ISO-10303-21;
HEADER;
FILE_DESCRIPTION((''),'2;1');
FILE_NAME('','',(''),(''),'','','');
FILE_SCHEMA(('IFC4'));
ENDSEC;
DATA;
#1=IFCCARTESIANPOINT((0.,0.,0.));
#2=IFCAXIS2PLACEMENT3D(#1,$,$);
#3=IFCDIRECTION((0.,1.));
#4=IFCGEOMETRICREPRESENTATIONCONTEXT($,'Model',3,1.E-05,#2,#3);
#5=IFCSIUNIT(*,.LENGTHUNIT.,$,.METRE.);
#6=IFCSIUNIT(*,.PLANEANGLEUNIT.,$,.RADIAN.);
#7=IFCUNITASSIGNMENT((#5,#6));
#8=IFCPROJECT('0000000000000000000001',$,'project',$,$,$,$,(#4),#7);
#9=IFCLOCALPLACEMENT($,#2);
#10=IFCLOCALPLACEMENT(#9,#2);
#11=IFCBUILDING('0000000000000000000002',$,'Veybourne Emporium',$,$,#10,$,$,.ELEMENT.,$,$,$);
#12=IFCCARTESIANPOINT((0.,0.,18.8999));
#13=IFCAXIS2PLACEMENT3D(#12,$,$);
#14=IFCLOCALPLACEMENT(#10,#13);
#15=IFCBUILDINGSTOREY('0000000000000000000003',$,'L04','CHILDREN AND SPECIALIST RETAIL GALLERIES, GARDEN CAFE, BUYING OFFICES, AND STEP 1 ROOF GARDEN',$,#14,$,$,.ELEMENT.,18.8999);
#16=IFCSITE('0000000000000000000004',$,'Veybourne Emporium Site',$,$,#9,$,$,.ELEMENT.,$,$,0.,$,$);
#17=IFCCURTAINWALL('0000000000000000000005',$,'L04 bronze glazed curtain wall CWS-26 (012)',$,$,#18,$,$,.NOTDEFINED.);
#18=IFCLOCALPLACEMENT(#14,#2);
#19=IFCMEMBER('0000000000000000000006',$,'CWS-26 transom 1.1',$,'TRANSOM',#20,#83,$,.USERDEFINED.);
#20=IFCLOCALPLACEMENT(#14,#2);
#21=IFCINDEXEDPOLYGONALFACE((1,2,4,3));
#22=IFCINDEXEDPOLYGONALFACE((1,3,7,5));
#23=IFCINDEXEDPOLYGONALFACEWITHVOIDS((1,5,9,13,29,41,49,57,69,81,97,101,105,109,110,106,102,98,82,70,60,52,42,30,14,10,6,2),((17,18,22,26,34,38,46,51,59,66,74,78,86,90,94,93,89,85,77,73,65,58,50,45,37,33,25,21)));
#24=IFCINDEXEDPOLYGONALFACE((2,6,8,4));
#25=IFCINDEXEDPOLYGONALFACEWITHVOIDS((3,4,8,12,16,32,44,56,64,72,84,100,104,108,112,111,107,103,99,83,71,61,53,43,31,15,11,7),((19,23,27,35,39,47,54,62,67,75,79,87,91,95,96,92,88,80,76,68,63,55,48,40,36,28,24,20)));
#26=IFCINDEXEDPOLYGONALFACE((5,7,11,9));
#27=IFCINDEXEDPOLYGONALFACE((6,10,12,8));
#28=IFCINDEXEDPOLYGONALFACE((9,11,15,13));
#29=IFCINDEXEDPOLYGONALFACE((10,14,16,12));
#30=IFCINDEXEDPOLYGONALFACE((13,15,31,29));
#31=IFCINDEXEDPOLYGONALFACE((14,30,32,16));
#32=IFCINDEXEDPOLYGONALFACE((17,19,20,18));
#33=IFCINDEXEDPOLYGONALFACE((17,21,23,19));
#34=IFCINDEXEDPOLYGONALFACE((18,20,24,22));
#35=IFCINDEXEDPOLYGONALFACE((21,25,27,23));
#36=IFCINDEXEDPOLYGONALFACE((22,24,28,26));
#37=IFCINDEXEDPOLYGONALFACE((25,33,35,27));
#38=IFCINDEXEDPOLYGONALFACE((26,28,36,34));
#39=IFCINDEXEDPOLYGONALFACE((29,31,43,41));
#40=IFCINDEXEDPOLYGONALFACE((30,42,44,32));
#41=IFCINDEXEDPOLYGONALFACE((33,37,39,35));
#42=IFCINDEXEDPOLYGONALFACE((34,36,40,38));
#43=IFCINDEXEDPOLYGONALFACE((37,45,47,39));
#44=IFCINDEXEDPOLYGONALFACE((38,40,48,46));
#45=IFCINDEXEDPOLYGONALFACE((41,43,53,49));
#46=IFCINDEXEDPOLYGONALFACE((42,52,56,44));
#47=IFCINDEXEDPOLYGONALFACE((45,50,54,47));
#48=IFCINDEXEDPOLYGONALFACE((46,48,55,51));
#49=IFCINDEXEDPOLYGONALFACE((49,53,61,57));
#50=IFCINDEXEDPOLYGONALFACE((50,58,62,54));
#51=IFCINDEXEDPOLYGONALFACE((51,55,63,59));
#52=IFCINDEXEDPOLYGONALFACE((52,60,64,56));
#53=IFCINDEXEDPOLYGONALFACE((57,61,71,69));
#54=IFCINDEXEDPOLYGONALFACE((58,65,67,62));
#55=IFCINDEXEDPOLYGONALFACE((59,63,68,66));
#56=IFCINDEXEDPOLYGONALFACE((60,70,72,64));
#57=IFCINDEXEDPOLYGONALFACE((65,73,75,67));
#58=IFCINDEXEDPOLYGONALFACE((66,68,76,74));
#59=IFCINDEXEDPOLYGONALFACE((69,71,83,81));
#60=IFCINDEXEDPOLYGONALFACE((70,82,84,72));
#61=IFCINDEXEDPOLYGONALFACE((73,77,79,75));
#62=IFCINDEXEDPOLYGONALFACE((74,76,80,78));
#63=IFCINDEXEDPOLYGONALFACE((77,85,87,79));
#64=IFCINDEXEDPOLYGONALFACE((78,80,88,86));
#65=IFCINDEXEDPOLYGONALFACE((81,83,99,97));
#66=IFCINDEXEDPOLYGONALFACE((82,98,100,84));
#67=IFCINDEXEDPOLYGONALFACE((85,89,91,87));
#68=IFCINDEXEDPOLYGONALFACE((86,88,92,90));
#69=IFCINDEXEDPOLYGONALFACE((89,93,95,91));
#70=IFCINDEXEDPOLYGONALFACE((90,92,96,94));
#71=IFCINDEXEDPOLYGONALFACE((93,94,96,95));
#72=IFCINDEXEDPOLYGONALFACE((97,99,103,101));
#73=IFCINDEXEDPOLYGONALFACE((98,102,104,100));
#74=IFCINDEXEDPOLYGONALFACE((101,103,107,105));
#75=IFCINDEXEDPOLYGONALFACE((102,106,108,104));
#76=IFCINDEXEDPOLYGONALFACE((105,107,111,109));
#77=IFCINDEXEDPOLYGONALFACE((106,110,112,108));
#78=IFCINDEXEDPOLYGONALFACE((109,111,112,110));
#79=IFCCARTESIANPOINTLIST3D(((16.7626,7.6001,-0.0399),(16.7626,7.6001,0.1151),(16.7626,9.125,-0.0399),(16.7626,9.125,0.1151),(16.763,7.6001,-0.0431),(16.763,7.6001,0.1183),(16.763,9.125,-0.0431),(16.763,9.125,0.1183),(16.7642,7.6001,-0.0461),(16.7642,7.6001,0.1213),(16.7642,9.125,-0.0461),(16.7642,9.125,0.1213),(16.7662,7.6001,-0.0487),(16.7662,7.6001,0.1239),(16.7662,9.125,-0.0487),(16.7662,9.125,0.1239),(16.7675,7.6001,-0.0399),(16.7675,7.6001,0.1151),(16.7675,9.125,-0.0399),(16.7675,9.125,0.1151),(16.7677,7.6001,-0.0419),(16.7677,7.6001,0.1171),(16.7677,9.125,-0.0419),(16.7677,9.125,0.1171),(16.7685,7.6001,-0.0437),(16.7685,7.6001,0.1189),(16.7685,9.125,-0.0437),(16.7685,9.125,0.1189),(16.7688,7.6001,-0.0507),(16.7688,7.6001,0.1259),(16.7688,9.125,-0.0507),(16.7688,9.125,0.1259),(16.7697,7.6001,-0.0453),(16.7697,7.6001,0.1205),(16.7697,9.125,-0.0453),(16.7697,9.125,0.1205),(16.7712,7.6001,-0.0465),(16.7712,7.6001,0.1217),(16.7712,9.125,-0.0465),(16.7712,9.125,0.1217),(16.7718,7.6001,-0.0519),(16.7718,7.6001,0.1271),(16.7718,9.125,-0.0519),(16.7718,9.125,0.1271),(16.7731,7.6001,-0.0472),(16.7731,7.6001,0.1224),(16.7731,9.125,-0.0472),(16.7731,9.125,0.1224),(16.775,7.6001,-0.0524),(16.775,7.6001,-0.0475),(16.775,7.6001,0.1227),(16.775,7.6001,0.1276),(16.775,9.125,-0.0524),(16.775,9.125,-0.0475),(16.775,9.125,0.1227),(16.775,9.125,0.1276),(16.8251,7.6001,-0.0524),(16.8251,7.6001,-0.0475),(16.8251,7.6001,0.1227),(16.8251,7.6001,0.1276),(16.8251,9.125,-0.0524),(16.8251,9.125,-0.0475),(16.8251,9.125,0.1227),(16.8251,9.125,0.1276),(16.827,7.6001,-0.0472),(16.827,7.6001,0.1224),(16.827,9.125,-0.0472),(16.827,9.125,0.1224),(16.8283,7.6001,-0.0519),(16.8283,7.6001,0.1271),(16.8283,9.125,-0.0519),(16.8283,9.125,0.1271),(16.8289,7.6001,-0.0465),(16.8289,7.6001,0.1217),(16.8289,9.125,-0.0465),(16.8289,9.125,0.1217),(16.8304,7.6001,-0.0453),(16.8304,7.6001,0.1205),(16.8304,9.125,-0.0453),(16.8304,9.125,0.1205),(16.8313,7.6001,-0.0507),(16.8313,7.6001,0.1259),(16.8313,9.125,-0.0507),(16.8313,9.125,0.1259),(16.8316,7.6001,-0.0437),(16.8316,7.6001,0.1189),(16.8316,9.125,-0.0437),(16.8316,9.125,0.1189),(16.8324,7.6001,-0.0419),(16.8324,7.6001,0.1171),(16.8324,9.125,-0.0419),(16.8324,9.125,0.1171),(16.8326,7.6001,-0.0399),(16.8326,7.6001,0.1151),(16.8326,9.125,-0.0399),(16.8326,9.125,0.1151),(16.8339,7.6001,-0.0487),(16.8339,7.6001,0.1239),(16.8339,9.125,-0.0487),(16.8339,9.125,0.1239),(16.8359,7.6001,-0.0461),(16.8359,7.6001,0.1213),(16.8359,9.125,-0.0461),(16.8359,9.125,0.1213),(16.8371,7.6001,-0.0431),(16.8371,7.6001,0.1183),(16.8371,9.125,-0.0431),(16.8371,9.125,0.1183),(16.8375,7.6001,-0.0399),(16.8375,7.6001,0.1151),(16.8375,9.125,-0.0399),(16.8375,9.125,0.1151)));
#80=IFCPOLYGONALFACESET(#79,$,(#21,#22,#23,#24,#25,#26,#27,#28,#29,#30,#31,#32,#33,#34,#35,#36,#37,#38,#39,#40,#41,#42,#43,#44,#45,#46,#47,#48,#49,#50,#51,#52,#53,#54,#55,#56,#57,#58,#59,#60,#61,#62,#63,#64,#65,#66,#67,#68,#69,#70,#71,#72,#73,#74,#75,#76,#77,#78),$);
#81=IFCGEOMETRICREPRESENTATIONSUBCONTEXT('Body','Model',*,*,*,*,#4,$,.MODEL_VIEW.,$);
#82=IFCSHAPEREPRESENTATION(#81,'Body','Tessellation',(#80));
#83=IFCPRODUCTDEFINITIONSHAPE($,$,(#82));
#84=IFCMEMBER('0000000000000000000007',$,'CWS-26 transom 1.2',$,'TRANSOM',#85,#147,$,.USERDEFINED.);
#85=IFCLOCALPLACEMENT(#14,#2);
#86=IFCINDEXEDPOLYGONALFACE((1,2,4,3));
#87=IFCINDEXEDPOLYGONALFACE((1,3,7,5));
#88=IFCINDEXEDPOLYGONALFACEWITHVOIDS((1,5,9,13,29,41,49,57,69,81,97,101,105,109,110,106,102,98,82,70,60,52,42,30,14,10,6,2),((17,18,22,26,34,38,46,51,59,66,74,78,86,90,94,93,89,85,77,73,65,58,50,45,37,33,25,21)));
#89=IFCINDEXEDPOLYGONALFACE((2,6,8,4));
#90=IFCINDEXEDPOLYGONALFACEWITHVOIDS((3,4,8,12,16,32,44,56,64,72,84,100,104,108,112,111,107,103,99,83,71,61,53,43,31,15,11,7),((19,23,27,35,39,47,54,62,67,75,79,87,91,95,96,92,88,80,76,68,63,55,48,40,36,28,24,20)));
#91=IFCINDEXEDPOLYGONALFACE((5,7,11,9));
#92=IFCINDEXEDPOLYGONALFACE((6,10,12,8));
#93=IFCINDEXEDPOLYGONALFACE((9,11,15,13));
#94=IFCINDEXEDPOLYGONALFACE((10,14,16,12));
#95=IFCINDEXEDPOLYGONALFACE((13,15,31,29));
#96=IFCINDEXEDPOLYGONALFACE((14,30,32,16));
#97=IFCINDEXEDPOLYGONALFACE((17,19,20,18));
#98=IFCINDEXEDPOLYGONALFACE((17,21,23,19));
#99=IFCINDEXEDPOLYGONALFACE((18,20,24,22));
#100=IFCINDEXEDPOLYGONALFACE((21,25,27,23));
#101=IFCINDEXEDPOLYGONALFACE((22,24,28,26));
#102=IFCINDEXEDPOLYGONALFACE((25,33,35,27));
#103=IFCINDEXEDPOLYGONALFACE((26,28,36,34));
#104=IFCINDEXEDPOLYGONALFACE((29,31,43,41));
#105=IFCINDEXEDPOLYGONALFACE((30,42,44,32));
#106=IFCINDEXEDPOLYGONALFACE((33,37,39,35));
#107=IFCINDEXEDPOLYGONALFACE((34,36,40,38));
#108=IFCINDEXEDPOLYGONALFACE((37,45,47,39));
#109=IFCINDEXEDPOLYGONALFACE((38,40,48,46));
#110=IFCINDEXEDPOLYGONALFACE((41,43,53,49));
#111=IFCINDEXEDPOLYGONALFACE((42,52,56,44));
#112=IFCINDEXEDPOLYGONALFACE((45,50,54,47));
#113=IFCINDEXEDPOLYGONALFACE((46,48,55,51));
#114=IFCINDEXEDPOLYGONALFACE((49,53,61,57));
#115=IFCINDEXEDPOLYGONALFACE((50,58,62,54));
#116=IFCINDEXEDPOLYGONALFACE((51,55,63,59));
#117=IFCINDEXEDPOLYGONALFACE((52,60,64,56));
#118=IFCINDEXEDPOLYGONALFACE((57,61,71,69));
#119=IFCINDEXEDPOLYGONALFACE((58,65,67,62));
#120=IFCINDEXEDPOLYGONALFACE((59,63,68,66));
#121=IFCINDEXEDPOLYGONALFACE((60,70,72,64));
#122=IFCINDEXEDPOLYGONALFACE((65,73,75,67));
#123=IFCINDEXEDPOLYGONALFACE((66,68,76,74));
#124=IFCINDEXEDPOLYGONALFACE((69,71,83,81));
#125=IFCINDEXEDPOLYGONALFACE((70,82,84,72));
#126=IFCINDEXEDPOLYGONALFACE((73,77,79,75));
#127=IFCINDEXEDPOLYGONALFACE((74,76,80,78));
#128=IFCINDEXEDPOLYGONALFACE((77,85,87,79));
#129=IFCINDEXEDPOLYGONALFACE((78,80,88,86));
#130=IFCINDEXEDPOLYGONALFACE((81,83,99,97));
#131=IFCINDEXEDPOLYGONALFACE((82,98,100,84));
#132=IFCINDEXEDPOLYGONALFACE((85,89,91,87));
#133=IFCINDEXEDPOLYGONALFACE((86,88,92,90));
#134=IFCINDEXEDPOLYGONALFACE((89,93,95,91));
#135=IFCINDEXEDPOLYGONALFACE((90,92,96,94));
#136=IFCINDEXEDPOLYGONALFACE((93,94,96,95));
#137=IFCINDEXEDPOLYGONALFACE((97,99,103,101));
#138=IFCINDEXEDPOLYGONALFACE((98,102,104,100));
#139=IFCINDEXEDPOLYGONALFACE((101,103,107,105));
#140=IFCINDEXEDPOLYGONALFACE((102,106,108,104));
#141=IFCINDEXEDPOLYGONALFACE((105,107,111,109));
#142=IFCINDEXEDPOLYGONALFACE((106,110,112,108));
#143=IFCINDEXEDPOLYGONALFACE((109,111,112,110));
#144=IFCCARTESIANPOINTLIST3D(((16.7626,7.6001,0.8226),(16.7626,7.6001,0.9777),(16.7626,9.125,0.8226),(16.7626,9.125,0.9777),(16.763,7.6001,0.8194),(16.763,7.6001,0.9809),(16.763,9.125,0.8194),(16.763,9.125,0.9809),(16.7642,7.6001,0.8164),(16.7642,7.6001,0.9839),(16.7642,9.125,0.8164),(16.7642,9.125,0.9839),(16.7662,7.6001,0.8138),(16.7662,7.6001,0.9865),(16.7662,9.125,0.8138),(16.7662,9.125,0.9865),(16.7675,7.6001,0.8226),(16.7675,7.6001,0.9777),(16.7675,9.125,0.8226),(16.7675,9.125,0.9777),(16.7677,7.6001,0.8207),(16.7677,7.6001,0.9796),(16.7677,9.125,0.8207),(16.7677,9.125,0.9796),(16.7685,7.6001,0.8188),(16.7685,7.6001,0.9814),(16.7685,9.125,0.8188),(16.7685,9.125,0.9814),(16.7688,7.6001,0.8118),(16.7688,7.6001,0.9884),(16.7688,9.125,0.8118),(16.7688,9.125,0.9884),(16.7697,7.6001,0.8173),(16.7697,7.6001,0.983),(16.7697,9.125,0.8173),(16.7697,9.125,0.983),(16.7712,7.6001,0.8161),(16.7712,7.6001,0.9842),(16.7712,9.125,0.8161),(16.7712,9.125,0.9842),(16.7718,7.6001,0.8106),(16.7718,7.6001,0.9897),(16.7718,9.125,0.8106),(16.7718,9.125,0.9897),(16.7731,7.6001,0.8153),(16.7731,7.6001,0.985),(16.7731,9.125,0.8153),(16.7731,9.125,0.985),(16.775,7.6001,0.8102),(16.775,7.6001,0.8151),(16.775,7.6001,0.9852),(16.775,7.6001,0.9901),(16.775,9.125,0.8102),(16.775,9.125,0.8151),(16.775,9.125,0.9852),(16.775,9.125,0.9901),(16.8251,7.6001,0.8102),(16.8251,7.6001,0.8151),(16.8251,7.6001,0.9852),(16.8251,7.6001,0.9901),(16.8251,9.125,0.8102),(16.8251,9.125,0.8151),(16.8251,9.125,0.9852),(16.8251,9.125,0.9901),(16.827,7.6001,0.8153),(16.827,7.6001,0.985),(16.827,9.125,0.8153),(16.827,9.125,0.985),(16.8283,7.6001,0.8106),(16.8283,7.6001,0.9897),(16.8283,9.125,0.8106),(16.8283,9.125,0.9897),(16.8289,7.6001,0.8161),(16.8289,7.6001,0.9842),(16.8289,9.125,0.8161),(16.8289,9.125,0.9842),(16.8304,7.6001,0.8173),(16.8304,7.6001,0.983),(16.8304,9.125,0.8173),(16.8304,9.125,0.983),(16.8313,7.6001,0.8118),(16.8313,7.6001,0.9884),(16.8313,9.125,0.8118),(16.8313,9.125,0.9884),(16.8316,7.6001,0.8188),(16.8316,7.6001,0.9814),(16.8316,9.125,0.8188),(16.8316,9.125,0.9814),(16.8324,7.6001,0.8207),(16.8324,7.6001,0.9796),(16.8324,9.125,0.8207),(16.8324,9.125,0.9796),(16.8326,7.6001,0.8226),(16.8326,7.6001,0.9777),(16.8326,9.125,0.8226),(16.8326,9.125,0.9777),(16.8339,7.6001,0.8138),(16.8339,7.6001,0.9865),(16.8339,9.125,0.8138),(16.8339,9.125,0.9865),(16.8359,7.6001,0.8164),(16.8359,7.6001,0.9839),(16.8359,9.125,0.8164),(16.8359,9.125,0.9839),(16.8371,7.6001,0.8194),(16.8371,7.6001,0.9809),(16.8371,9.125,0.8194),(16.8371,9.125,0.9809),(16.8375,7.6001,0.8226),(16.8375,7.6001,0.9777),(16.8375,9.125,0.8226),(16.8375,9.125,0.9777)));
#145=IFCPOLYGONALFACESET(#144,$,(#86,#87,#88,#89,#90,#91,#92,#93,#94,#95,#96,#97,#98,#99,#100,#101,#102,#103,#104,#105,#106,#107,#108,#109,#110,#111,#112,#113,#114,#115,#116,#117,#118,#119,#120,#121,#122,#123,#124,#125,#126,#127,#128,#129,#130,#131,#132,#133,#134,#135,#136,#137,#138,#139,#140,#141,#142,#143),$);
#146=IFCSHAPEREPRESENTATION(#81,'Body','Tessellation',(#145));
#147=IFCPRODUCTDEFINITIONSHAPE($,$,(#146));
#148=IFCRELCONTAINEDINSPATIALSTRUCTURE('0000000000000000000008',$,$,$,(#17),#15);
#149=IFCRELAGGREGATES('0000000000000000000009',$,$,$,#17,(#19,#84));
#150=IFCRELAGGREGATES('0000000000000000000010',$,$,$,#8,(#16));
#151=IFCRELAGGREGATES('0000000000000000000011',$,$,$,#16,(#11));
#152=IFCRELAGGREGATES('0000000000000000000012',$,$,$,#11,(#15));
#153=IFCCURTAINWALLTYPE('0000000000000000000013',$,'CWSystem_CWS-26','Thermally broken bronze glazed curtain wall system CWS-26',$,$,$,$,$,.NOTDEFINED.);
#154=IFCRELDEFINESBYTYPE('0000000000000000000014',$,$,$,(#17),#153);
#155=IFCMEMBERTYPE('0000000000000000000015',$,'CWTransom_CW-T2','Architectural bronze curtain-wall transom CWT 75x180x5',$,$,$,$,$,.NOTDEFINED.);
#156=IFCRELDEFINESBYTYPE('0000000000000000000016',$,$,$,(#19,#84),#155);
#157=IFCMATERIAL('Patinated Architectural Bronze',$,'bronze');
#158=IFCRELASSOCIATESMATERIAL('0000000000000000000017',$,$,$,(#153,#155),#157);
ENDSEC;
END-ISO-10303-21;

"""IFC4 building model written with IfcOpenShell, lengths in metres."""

from ifc_helpers import new_model, si_unit, direction, frame, origin, origin_2d, place, context, subcontext, project, spatial, hollow_rectangle, extrude, material, material_profile, profile_set, type_object, element, aggregate, save


model = new_model("IFC4")

# Units and contexts
model_context = context("Model", 3, precision=1e-05, world=origin(), true_north=direction((0.0, 1.0)))
body_context = subcontext(model_context, "Body", "Model", "MODEL_VIEW")
ifc_project = project(units=[si_unit("LENGTHUNIT", "METRE"), si_unit("PLANEANGLEUNIT", "RADIAN")], contexts=[model_context])

# Site, building, storey
site_placement = place(None, origin())
site = spatial("IfcSite", under=ifc_project, at=site_placement, Name="Veybourne Emporium Site", CompositionType="ELEMENT", RefElevation=0.0)
building_placement = place(site_placement, origin())
building = spatial("IfcBuilding", under=site, at=building_placement, Name="Veybourne Emporium", CompositionType="ELEMENT")
storey_placement = place(building_placement, frame((0.0, 0.0, 18.8999)))
storey = spatial("IfcBuildingStorey", under=building, at=storey_placement, Name="L04", Description="CHILDREN AND SPECIALIST RETAIL GALLERIES, GARDEN CAFE, BUYING OFFICES, AND STEP 1 ROOF GARDEN", CompositionType="ELEMENT", Elevation=18.8999)

# Curtain wall, members
ifc_material_1 = material(Name="Patinated Architectural Bronze", Category="bronze")
curtain_wall_type = type_object("IfcCurtainWallType", Name="CWSystem_CWS-26", Description="Thermally broken bronze glazed curtain wall system CWS-26", PredefinedType="NOTDEFINED", material=ifc_material_1)
curtain_wall_placement = place(storey_placement, origin())
curtain_wall = element("IfcCurtainWall", 1, at=curtain_wall_placement, inside=storey, type_object=curtain_wall_type, Name="L04 bronze glazed curtain wall CWS-26 (012)", PredefinedType="NOTDEFINED")
ifc_material_profile_1 = material_profile(ifc_material_1, hollow_rectangle(XDim=0.075, YDim=0.1799, WallThickness=0.0049, InnerFilletRadius=0.0076, OuterFilletRadius=0.0125, at=origin_2d()), Name="CWT 75x180x5")
ifc_profile_set_1 = profile_set([ifc_material_profile_1], Name="Patinated Architectural Bronze")
member_type_1 = type_object("IfcMemberType", Name="CWTransom_CW-T2", Description="Architectural bronze curtain-wall transom CWT 75x180x5", PredefinedType="NOTDEFINED", material=ifc_profile_set_1)
member_1_placement = place(storey_placement, frame((16.8, 7.6001, 0.0376), z_axis=(0.0, 1.0, 0.0), x_axis=(-1.0, 0.0, 0.0)))
member_1 = element("IfcMember", 2, at=member_1_placement, type_object=member_type_1, Name="CWS-26 transom 1.1", ObjectType="TRANSOM", PredefinedType="USERDEFINED", context=body_context, shape_type="SweptSolid", body=[
    extrude(hollow_rectangle(XDim=0.075, YDim=0.1799, WallThickness=0.0049, InnerFilletRadius=0.0076, OuterFilletRadius=0.0125, at=origin_2d()), origin(), (0.0, 0.0, 1.0), 1.5249),
])
member_2_placement = place(storey_placement, frame((16.8, 7.6001, 0.9001), z_axis=(0.0, 1.0, 0.0), x_axis=(-1.0, 0.0, 0.0)))
member_2 = element("IfcMember", 3, at=member_2_placement, type_object=member_type_1, Name="CWS-26 transom 1.2", ObjectType="TRANSOM", PredefinedType="USERDEFINED", context=body_context, shape_type="SweptSolid", body=[
    extrude(hollow_rectangle(XDim=0.075, YDim=0.1799, WallThickness=0.0049, InnerFilletRadius=0.0076, OuterFilletRadius=0.0125, at=origin_2d()), origin(), (0.0, 0.0, 1.0), 1.5249),
])

aggregate(curtain_wall, [member_1, member_2])

save(model, "model.ifc")
